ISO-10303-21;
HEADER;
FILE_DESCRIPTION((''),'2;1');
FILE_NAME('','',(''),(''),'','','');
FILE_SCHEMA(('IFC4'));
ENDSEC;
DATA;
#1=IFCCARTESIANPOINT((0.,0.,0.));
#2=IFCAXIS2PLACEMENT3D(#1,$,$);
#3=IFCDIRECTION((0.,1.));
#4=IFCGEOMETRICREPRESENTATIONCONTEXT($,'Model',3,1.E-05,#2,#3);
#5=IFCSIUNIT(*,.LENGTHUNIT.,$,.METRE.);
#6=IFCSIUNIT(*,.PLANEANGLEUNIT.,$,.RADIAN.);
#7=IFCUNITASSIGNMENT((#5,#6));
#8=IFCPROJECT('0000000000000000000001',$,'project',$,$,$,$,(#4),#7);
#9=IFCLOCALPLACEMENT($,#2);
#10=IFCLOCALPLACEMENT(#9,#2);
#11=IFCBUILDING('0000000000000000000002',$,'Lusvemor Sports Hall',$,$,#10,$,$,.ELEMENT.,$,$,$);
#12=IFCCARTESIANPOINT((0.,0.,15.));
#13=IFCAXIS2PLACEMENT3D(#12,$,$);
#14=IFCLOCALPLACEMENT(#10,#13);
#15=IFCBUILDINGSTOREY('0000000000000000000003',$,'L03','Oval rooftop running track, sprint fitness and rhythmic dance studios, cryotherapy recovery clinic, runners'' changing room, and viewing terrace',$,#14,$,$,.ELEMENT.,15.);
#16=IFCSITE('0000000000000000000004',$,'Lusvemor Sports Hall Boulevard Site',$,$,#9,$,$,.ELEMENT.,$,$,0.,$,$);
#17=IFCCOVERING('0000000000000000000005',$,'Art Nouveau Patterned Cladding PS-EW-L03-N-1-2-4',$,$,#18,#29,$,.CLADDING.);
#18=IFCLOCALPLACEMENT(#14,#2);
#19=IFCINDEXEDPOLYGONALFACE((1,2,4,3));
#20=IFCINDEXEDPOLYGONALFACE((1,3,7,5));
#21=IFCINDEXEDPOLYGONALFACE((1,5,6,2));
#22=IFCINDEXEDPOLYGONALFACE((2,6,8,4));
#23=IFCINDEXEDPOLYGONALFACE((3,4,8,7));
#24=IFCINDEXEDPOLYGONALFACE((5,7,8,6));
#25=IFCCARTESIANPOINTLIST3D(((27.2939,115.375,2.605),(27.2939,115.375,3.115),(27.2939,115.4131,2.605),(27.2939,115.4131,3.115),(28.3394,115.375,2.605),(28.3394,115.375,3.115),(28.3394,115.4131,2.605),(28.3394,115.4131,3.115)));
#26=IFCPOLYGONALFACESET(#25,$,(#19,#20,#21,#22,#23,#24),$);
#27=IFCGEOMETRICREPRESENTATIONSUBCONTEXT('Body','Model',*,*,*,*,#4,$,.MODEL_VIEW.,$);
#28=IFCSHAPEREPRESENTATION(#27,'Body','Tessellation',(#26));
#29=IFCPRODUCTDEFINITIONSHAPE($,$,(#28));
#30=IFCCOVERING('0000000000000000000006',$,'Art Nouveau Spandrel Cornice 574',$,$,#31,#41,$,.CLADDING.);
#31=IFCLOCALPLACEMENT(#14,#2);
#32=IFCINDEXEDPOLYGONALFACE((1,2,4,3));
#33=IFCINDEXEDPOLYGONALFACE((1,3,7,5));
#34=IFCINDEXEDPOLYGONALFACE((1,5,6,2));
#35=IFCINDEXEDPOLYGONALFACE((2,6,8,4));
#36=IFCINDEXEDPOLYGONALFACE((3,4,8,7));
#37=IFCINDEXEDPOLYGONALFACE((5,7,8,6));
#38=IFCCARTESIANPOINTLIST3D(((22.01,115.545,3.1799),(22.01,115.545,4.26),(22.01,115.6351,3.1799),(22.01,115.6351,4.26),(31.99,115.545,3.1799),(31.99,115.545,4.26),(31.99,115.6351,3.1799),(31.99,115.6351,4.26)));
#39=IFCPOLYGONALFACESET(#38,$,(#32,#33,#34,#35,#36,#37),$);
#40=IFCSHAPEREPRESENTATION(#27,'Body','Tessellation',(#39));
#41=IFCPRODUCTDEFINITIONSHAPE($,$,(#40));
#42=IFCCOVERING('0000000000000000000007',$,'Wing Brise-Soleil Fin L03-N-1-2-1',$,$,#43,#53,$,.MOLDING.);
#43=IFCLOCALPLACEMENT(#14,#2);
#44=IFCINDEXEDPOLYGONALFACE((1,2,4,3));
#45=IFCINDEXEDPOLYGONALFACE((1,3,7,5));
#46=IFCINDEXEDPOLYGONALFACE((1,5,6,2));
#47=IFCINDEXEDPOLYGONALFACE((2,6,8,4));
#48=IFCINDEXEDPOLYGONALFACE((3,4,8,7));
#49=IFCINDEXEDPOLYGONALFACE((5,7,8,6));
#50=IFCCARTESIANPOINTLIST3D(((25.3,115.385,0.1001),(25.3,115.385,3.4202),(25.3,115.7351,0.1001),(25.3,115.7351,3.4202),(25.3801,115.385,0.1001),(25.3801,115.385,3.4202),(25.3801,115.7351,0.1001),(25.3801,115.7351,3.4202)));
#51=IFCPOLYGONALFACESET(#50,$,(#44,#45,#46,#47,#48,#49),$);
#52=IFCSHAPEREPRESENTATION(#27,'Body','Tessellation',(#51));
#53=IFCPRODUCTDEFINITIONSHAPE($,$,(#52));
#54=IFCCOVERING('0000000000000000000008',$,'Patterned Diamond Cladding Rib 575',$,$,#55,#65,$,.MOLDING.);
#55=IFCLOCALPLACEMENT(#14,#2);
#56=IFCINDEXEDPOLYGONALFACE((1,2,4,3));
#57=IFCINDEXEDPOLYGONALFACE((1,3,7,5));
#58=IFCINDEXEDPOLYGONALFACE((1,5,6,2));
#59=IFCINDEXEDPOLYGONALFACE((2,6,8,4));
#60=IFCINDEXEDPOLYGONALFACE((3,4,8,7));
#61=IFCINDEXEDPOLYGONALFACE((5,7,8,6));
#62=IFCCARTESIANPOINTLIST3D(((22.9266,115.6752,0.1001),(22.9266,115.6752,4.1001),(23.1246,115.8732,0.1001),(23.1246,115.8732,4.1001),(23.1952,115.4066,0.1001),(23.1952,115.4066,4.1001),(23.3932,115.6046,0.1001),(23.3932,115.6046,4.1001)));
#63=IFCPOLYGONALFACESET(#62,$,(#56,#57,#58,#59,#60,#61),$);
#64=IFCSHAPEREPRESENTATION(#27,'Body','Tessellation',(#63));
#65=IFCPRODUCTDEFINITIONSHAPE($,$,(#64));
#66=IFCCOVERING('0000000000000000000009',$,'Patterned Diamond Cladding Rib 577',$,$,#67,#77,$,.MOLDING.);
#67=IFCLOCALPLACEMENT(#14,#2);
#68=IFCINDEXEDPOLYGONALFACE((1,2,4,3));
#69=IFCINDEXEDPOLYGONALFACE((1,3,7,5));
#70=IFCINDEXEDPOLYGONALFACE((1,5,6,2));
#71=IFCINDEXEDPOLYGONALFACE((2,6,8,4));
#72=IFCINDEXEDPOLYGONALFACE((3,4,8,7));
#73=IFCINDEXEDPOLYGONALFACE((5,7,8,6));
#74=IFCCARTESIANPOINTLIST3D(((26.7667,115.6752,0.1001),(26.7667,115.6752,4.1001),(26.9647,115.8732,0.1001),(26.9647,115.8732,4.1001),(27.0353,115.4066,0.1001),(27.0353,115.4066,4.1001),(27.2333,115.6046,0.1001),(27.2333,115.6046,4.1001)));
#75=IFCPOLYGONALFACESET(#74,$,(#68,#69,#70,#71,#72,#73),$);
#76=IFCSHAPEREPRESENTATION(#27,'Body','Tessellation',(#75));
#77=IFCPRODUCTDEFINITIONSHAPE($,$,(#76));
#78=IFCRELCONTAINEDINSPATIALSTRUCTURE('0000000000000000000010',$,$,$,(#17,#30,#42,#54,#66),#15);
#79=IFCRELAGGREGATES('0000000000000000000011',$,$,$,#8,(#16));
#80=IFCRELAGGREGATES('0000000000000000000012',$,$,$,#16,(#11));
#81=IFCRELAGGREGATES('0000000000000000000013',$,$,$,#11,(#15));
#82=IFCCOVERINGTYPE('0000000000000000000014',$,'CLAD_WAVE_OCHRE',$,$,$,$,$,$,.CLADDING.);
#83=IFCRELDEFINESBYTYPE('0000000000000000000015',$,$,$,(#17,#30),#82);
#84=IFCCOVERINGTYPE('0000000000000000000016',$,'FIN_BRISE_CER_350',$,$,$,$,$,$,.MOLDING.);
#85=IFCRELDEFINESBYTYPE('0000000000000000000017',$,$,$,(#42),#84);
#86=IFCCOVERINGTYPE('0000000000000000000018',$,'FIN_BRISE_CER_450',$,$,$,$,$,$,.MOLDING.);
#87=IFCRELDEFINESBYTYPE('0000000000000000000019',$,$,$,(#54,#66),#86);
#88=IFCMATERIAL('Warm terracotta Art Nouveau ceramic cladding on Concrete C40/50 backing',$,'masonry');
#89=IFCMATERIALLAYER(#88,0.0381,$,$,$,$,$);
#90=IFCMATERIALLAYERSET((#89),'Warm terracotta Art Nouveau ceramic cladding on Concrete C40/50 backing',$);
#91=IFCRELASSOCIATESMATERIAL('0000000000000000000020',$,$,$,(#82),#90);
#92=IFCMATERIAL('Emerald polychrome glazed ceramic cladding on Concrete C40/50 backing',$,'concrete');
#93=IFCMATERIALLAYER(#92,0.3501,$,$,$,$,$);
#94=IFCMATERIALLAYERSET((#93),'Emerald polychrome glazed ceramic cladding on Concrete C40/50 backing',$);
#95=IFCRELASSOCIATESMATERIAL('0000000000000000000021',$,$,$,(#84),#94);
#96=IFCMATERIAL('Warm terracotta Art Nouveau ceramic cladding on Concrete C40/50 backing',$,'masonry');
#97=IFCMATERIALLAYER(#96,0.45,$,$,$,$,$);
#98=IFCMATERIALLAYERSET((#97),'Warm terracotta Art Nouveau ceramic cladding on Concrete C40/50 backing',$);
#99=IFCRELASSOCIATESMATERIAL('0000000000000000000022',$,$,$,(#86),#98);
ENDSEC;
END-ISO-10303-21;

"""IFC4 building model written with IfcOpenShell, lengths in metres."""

from ifc_helpers import new_model, si_unit, direction, frame, origin, origin_2d, place, context, subcontext, project, spatial, rectangle, extrude, material, layer, layer_set, type_object, element, save


model = new_model("IFC4")

# Units and contexts
model_context = context("Model", 3, precision=1e-05, world=origin(), true_north=direction((0.0, 1.0)))
body_context = subcontext(model_context, "Body", "Model", "MODEL_VIEW")
ifc_project = project(units=[si_unit("LENGTHUNIT", "METRE"), si_unit("PLANEANGLEUNIT", "RADIAN")], contexts=[model_context])

# Site, building, storey
site_placement = place(None, origin())
site = spatial("IfcSite", under=ifc_project, at=site_placement, Name="Lusvemor Sports Hall Boulevard Site", CompositionType="ELEMENT", RefElevation=0.0)
building_placement = place(site_placement, origin())
building = spatial("IfcBuilding", under=site, at=building_placement, Name="Lusvemor Sports Hall", CompositionType="ELEMENT")
storey_placement = place(building_placement, frame((0.0, 0.0, 15.0)))
storey = spatial("IfcBuildingStorey", under=building, at=storey_placement, Name="L03", Description="Oval rooftop running track, sprint fitness and rhythmic dance studios, cryotherapy recovery clinic, runners' changing room, and viewing terrace", CompositionType="ELEMENT", Elevation=15.0)

# Coverings
ifc_material_1 = material(Name="Warm terracotta Art Nouveau ceramic cladding on Concrete C40/50 backing", Category="masonry")
ifc_layer_1 = layer(ifc_material_1, 0.0381)
ifc_layer_set_1 = layer_set([ifc_layer_1], Name="Warm terracotta Art Nouveau ceramic cladding on Concrete C40/50 backing")
covering_type_1 = type_object("IfcCoveringType", Name="CLAD_WAVE_OCHRE", PredefinedType="CLADDING", material=ifc_layer_set_1)
for number, where, z_axis, x_axis, name in (
    (1, (27.8167, 115.394, 2.605), (0.0, 0.0, 1.0), (1.0, 0.0, 0.0), "Art Nouveau Patterned Cladding PS-EW-L03-N-1-2-4"),
):
    element("IfcCovering", number, at=place(storey_placement, frame(where, z_axis=z_axis, x_axis=x_axis)), inside=storey, type_object=covering_type_1, Name=name, PredefinedType="CLADDING", context=body_context, shape_type="SweptSolid", body=[
        extrude(rectangle(XDim=1.0454, YDim=0.0381, at=origin_2d()), origin(), (0.0, 0.0, 1.0), 0.51),
    ])
covering_1_placement = place(storey_placement, frame((27.0, 115.5901, 3.1799), z_axis=(0.0, 0.0, 1.0), x_axis=(1.0, 0.0, 0.0)))
element("IfcCovering", 2, at=covering_1_placement, inside=storey, type_object=covering_type_1, Name="Art Nouveau Spandrel Cornice 574", PredefinedType="CLADDING", context=body_context, shape_type="SweptSolid", body=[
    extrude(rectangle(XDim=9.98, YDim=0.0901, at=origin_2d()), origin(), (0.0, 0.0, 1.0), 1.0801),
])
ifc_material_2 = material(Name="Emerald polychrome glazed ceramic cladding on Concrete C40/50 backing", Category="concrete")
ifc_layer_2 = layer(ifc_material_2, 0.3501)
ifc_layer_set_2 = layer_set([ifc_layer_2], Name="Emerald polychrome glazed ceramic cladding on Concrete C40/50 backing")
covering_type_2 = type_object("IfcCoveringType", Name="FIN_BRISE_CER_350", PredefinedType="MOLDING", material=ifc_layer_set_2)
covering_2_placement = place(storey_placement, frame((25.3401, 115.5601, 0.1001), z_axis=(0.0, 0.0, 1.0), x_axis=(1.0, 0.0, 0.0)))
element("IfcCovering", 3, at=covering_2_placement, inside=storey, type_object=covering_type_2, Name="Wing Brise-Soleil Fin L03-N-1-2-1", PredefinedType="MOLDING", context=body_context, shape_type="SweptSolid", body=[
    extrude(rectangle(XDim=0.0801, YDim=0.3501, at=origin_2d()), origin(), (0.0, 0.0, 1.0), 3.3201),
])
ifc_material_3 = material(Name="Warm terracotta Art Nouveau ceramic cladding on Concrete C40/50 backing", Category="masonry")
ifc_layer_3 = layer(ifc_material_3, 0.45)
ifc_layer_set_3 = layer_set([ifc_layer_3], Name="Warm terracotta Art Nouveau ceramic cladding on Concrete C40/50 backing")
covering_type_3 = type_object("IfcCoveringType", Name="FIN_BRISE_CER_450", PredefinedType="MOLDING", material=ifc_layer_set_3)
for number, where, z_axis, x_axis, name in (
    (4, (23.1599, 115.6399, 0.1001), (0.0, 0.0, 1.0), (0.707107, 0.707107, 0.0), "Patterned Diamond Cladding Rib 575"),
    (5, (27.0, 115.6399, 0.1001), (0.0, 0.0, 1.0), (0.707107, 0.707107, 0.0), "Patterned Diamond Cladding Rib 577"),
):
    element("IfcCovering", number, at=place(storey_placement, frame(where, z_axis=z_axis, x_axis=x_axis)), inside=storey, type_object=covering_type_3, Name=name, PredefinedType="MOLDING", context=body_context, shape_type="SweptSolid", body=[
        extrude(rectangle(XDim=0.28, YDim=0.3799, at=origin_2d()), origin(), (0.0, 0.0, 1.0), 4.0),
    ])

save(model, "model.ifc")
